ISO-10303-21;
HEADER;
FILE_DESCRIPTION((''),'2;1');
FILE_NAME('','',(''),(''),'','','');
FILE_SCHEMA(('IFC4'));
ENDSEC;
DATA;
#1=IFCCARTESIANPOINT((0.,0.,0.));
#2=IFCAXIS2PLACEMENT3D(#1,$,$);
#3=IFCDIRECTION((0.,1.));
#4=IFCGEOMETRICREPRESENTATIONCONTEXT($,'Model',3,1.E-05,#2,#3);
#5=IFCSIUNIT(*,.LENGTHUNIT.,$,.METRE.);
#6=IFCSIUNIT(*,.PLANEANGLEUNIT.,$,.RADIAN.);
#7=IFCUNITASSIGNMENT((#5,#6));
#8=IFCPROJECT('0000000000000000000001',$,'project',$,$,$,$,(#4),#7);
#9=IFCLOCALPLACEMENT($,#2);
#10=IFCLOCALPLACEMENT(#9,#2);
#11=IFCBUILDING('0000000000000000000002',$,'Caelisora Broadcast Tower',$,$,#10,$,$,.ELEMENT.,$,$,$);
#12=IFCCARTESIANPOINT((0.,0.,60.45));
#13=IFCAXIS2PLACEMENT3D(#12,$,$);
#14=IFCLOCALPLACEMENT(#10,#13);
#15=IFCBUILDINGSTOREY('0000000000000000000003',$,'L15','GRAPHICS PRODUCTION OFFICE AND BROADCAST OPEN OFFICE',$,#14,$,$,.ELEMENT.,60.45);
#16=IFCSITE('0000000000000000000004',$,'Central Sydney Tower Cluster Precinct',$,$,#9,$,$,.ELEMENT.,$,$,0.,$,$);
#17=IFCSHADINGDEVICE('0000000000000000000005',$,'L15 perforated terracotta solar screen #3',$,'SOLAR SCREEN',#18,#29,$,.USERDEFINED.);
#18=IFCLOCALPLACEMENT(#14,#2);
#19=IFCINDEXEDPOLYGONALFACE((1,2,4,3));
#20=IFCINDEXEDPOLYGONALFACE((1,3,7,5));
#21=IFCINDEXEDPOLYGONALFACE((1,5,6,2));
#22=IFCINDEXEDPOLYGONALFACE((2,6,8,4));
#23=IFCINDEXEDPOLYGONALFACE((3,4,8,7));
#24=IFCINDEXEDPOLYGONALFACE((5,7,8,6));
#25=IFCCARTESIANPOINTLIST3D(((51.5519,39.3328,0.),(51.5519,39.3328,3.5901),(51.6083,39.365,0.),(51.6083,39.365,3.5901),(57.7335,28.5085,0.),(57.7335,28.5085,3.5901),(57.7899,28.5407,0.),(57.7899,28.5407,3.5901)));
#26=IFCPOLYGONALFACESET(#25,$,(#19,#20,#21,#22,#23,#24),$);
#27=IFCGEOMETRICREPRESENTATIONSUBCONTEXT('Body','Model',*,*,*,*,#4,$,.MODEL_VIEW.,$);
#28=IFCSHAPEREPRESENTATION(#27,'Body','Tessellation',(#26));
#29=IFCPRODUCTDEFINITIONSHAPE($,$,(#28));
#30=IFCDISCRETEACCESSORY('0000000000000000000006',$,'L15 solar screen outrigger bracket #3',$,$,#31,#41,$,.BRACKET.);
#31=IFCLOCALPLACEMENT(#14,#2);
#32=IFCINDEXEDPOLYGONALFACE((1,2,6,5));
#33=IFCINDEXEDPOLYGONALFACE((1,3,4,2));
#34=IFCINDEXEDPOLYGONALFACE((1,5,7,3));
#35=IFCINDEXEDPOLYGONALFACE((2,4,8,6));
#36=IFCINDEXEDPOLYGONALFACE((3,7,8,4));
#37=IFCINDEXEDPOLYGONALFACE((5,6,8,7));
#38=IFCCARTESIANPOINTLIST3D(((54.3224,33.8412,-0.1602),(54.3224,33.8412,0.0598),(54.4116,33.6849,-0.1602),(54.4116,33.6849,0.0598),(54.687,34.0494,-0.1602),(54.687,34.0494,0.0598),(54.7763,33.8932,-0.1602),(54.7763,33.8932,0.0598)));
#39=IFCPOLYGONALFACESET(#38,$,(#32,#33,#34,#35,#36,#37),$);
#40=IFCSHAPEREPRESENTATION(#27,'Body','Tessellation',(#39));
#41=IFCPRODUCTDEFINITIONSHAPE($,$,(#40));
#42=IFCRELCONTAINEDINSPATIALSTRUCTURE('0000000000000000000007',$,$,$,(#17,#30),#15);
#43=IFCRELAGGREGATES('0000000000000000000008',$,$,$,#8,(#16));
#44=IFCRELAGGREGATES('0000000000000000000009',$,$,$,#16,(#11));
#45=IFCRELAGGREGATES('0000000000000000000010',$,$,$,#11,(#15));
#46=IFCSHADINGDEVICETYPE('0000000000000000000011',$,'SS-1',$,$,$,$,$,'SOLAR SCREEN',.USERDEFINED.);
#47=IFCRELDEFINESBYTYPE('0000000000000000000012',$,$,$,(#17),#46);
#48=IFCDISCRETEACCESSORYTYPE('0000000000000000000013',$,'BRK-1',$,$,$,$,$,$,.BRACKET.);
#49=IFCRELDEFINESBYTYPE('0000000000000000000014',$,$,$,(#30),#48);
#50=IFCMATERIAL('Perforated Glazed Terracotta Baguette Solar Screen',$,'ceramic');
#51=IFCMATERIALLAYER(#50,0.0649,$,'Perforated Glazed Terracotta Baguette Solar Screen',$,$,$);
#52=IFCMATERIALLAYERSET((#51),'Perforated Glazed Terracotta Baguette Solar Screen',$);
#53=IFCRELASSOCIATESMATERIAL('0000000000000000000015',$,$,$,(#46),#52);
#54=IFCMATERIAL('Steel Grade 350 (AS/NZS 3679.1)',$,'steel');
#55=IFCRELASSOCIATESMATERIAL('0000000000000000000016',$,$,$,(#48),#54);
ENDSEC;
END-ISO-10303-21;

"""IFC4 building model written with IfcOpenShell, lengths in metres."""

from ifc_helpers import new_model, si_unit, direction, frame, origin, origin_2d, place, context, subcontext, project, spatial, rectangle, extrude, source, transform, mapped, material, layer, layer_set, type_object, type_shapes, element, save


model = new_model("IFC4")

# Units and contexts
model_context = context("Model", 3, precision=1e-05, world=origin(), true_north=direction((0.0, 1.0)))
body_context = subcontext(model_context, "Body", "Model", "MODEL_VIEW")
ifc_project = project(units=[si_unit("LENGTHUNIT", "METRE"), si_unit("PLANEANGLEUNIT", "RADIAN")], contexts=[model_context])

# Site, building, storey
site_placement = place(None, origin())
site = spatial("IfcSite", under=ifc_project, at=site_placement, Name="Central Sydney Tower Cluster Precinct", CompositionType="ELEMENT", RefElevation=0.0)
building_placement = place(site_placement, origin())
building = spatial("IfcBuilding", under=site, at=building_placement, Name="Caelisora Broadcast Tower", CompositionType="ELEMENT")
storey_placement = place(building_placement, frame((0.0, 0.0, 60.45)))
storey = spatial("IfcBuildingStorey", under=building, at=storey_placement, Name="L15", Description="GRAPHICS PRODUCTION OFFICE AND BROADCAST OPEN OFFICE", CompositionType="ELEMENT", Elevation=60.45)

# Shared definitions
ifc_material_1 = material(Name="Steel Grade 350 (AS/NZS 3679.1)", Category="steel")

# Shading device
ifc_material_2 = material(Name="Perforated Glazed Terracotta Baguette Solar Screen", Category="ceramic")
ifc_layer_1 = layer(ifc_material_2, 0.0649, Name="Perforated Glazed Terracotta Baguette Solar Screen")
ifc_layer_set_1 = layer_set([ifc_layer_1], Name="Perforated Glazed Terracotta Baguette Solar Screen")
shading_device_type_1 = type_object("IfcShadingDeviceType", Name="SS-1", ElementType="SOLAR SCREEN", PredefinedType="USERDEFINED", material=ifc_layer_set_1)
shared_shape_1 = source(origin(), body_context, "Body", "SweptSolid", [
    extrude(rectangle(XDim=12.4651, YDim=0.0649, at=origin_2d()), origin(), (0.0, 0.0, 1.0), 3.5901),
])
type_shapes(shading_device_type_1, [shared_shape_1])
shading_device_placement = place(storey_placement, frame((54.6709, 33.9368, 0.0), z_axis=(0.0, 0.0, 1.0), x_axis=(-0.495913, 0.868372, 0.0)))
element("IfcShadingDevice", 1, at=shading_device_placement, inside=storey, type_object=shading_device_type_1, Name="L15 perforated terracotta solar screen #3", ObjectType="SOLAR SCREEN", PredefinedType="USERDEFINED", context=body_context, shape_type="MappedRepresentation", body=[
    mapped(shared_shape_1, transform((0.0, 0.0, 0.0), scale=1.0)),
])

# Discrete accessory
discrete_accessory_type = type_object("IfcDiscreteAccessoryType", Name="BRK-1", PredefinedType="BRACKET", material=ifc_material_1)
shared_shape_2 = source(origin(), body_context, "Body", "SweptSolid", [
    extrude(rectangle(XDim=0.1799, YDim=0.4199, at=origin_2d()), origin(), (0.0, 0.0, 1.0), 0.22),
])
type_shapes(discrete_accessory_type, [shared_shape_2])
discrete_accessory_placement = place(storey_placement, frame((54.5493, 33.8672, -0.1602), z_axis=(0.0, 0.0, 1.0), x_axis=(-0.495913, 0.868372, 0.0)))
element("IfcDiscreteAccessory", 2, at=discrete_accessory_placement, inside=storey, type_object=discrete_accessory_type, Name="L15 solar screen outrigger bracket #3", PredefinedType="BRACKET", context=body_context, shape_type="MappedRepresentation", body=[
    mapped(shared_shape_2, transform((0.0, 0.0, 0.0), scale=1.0)),
])

save(model, "model.ifc")
